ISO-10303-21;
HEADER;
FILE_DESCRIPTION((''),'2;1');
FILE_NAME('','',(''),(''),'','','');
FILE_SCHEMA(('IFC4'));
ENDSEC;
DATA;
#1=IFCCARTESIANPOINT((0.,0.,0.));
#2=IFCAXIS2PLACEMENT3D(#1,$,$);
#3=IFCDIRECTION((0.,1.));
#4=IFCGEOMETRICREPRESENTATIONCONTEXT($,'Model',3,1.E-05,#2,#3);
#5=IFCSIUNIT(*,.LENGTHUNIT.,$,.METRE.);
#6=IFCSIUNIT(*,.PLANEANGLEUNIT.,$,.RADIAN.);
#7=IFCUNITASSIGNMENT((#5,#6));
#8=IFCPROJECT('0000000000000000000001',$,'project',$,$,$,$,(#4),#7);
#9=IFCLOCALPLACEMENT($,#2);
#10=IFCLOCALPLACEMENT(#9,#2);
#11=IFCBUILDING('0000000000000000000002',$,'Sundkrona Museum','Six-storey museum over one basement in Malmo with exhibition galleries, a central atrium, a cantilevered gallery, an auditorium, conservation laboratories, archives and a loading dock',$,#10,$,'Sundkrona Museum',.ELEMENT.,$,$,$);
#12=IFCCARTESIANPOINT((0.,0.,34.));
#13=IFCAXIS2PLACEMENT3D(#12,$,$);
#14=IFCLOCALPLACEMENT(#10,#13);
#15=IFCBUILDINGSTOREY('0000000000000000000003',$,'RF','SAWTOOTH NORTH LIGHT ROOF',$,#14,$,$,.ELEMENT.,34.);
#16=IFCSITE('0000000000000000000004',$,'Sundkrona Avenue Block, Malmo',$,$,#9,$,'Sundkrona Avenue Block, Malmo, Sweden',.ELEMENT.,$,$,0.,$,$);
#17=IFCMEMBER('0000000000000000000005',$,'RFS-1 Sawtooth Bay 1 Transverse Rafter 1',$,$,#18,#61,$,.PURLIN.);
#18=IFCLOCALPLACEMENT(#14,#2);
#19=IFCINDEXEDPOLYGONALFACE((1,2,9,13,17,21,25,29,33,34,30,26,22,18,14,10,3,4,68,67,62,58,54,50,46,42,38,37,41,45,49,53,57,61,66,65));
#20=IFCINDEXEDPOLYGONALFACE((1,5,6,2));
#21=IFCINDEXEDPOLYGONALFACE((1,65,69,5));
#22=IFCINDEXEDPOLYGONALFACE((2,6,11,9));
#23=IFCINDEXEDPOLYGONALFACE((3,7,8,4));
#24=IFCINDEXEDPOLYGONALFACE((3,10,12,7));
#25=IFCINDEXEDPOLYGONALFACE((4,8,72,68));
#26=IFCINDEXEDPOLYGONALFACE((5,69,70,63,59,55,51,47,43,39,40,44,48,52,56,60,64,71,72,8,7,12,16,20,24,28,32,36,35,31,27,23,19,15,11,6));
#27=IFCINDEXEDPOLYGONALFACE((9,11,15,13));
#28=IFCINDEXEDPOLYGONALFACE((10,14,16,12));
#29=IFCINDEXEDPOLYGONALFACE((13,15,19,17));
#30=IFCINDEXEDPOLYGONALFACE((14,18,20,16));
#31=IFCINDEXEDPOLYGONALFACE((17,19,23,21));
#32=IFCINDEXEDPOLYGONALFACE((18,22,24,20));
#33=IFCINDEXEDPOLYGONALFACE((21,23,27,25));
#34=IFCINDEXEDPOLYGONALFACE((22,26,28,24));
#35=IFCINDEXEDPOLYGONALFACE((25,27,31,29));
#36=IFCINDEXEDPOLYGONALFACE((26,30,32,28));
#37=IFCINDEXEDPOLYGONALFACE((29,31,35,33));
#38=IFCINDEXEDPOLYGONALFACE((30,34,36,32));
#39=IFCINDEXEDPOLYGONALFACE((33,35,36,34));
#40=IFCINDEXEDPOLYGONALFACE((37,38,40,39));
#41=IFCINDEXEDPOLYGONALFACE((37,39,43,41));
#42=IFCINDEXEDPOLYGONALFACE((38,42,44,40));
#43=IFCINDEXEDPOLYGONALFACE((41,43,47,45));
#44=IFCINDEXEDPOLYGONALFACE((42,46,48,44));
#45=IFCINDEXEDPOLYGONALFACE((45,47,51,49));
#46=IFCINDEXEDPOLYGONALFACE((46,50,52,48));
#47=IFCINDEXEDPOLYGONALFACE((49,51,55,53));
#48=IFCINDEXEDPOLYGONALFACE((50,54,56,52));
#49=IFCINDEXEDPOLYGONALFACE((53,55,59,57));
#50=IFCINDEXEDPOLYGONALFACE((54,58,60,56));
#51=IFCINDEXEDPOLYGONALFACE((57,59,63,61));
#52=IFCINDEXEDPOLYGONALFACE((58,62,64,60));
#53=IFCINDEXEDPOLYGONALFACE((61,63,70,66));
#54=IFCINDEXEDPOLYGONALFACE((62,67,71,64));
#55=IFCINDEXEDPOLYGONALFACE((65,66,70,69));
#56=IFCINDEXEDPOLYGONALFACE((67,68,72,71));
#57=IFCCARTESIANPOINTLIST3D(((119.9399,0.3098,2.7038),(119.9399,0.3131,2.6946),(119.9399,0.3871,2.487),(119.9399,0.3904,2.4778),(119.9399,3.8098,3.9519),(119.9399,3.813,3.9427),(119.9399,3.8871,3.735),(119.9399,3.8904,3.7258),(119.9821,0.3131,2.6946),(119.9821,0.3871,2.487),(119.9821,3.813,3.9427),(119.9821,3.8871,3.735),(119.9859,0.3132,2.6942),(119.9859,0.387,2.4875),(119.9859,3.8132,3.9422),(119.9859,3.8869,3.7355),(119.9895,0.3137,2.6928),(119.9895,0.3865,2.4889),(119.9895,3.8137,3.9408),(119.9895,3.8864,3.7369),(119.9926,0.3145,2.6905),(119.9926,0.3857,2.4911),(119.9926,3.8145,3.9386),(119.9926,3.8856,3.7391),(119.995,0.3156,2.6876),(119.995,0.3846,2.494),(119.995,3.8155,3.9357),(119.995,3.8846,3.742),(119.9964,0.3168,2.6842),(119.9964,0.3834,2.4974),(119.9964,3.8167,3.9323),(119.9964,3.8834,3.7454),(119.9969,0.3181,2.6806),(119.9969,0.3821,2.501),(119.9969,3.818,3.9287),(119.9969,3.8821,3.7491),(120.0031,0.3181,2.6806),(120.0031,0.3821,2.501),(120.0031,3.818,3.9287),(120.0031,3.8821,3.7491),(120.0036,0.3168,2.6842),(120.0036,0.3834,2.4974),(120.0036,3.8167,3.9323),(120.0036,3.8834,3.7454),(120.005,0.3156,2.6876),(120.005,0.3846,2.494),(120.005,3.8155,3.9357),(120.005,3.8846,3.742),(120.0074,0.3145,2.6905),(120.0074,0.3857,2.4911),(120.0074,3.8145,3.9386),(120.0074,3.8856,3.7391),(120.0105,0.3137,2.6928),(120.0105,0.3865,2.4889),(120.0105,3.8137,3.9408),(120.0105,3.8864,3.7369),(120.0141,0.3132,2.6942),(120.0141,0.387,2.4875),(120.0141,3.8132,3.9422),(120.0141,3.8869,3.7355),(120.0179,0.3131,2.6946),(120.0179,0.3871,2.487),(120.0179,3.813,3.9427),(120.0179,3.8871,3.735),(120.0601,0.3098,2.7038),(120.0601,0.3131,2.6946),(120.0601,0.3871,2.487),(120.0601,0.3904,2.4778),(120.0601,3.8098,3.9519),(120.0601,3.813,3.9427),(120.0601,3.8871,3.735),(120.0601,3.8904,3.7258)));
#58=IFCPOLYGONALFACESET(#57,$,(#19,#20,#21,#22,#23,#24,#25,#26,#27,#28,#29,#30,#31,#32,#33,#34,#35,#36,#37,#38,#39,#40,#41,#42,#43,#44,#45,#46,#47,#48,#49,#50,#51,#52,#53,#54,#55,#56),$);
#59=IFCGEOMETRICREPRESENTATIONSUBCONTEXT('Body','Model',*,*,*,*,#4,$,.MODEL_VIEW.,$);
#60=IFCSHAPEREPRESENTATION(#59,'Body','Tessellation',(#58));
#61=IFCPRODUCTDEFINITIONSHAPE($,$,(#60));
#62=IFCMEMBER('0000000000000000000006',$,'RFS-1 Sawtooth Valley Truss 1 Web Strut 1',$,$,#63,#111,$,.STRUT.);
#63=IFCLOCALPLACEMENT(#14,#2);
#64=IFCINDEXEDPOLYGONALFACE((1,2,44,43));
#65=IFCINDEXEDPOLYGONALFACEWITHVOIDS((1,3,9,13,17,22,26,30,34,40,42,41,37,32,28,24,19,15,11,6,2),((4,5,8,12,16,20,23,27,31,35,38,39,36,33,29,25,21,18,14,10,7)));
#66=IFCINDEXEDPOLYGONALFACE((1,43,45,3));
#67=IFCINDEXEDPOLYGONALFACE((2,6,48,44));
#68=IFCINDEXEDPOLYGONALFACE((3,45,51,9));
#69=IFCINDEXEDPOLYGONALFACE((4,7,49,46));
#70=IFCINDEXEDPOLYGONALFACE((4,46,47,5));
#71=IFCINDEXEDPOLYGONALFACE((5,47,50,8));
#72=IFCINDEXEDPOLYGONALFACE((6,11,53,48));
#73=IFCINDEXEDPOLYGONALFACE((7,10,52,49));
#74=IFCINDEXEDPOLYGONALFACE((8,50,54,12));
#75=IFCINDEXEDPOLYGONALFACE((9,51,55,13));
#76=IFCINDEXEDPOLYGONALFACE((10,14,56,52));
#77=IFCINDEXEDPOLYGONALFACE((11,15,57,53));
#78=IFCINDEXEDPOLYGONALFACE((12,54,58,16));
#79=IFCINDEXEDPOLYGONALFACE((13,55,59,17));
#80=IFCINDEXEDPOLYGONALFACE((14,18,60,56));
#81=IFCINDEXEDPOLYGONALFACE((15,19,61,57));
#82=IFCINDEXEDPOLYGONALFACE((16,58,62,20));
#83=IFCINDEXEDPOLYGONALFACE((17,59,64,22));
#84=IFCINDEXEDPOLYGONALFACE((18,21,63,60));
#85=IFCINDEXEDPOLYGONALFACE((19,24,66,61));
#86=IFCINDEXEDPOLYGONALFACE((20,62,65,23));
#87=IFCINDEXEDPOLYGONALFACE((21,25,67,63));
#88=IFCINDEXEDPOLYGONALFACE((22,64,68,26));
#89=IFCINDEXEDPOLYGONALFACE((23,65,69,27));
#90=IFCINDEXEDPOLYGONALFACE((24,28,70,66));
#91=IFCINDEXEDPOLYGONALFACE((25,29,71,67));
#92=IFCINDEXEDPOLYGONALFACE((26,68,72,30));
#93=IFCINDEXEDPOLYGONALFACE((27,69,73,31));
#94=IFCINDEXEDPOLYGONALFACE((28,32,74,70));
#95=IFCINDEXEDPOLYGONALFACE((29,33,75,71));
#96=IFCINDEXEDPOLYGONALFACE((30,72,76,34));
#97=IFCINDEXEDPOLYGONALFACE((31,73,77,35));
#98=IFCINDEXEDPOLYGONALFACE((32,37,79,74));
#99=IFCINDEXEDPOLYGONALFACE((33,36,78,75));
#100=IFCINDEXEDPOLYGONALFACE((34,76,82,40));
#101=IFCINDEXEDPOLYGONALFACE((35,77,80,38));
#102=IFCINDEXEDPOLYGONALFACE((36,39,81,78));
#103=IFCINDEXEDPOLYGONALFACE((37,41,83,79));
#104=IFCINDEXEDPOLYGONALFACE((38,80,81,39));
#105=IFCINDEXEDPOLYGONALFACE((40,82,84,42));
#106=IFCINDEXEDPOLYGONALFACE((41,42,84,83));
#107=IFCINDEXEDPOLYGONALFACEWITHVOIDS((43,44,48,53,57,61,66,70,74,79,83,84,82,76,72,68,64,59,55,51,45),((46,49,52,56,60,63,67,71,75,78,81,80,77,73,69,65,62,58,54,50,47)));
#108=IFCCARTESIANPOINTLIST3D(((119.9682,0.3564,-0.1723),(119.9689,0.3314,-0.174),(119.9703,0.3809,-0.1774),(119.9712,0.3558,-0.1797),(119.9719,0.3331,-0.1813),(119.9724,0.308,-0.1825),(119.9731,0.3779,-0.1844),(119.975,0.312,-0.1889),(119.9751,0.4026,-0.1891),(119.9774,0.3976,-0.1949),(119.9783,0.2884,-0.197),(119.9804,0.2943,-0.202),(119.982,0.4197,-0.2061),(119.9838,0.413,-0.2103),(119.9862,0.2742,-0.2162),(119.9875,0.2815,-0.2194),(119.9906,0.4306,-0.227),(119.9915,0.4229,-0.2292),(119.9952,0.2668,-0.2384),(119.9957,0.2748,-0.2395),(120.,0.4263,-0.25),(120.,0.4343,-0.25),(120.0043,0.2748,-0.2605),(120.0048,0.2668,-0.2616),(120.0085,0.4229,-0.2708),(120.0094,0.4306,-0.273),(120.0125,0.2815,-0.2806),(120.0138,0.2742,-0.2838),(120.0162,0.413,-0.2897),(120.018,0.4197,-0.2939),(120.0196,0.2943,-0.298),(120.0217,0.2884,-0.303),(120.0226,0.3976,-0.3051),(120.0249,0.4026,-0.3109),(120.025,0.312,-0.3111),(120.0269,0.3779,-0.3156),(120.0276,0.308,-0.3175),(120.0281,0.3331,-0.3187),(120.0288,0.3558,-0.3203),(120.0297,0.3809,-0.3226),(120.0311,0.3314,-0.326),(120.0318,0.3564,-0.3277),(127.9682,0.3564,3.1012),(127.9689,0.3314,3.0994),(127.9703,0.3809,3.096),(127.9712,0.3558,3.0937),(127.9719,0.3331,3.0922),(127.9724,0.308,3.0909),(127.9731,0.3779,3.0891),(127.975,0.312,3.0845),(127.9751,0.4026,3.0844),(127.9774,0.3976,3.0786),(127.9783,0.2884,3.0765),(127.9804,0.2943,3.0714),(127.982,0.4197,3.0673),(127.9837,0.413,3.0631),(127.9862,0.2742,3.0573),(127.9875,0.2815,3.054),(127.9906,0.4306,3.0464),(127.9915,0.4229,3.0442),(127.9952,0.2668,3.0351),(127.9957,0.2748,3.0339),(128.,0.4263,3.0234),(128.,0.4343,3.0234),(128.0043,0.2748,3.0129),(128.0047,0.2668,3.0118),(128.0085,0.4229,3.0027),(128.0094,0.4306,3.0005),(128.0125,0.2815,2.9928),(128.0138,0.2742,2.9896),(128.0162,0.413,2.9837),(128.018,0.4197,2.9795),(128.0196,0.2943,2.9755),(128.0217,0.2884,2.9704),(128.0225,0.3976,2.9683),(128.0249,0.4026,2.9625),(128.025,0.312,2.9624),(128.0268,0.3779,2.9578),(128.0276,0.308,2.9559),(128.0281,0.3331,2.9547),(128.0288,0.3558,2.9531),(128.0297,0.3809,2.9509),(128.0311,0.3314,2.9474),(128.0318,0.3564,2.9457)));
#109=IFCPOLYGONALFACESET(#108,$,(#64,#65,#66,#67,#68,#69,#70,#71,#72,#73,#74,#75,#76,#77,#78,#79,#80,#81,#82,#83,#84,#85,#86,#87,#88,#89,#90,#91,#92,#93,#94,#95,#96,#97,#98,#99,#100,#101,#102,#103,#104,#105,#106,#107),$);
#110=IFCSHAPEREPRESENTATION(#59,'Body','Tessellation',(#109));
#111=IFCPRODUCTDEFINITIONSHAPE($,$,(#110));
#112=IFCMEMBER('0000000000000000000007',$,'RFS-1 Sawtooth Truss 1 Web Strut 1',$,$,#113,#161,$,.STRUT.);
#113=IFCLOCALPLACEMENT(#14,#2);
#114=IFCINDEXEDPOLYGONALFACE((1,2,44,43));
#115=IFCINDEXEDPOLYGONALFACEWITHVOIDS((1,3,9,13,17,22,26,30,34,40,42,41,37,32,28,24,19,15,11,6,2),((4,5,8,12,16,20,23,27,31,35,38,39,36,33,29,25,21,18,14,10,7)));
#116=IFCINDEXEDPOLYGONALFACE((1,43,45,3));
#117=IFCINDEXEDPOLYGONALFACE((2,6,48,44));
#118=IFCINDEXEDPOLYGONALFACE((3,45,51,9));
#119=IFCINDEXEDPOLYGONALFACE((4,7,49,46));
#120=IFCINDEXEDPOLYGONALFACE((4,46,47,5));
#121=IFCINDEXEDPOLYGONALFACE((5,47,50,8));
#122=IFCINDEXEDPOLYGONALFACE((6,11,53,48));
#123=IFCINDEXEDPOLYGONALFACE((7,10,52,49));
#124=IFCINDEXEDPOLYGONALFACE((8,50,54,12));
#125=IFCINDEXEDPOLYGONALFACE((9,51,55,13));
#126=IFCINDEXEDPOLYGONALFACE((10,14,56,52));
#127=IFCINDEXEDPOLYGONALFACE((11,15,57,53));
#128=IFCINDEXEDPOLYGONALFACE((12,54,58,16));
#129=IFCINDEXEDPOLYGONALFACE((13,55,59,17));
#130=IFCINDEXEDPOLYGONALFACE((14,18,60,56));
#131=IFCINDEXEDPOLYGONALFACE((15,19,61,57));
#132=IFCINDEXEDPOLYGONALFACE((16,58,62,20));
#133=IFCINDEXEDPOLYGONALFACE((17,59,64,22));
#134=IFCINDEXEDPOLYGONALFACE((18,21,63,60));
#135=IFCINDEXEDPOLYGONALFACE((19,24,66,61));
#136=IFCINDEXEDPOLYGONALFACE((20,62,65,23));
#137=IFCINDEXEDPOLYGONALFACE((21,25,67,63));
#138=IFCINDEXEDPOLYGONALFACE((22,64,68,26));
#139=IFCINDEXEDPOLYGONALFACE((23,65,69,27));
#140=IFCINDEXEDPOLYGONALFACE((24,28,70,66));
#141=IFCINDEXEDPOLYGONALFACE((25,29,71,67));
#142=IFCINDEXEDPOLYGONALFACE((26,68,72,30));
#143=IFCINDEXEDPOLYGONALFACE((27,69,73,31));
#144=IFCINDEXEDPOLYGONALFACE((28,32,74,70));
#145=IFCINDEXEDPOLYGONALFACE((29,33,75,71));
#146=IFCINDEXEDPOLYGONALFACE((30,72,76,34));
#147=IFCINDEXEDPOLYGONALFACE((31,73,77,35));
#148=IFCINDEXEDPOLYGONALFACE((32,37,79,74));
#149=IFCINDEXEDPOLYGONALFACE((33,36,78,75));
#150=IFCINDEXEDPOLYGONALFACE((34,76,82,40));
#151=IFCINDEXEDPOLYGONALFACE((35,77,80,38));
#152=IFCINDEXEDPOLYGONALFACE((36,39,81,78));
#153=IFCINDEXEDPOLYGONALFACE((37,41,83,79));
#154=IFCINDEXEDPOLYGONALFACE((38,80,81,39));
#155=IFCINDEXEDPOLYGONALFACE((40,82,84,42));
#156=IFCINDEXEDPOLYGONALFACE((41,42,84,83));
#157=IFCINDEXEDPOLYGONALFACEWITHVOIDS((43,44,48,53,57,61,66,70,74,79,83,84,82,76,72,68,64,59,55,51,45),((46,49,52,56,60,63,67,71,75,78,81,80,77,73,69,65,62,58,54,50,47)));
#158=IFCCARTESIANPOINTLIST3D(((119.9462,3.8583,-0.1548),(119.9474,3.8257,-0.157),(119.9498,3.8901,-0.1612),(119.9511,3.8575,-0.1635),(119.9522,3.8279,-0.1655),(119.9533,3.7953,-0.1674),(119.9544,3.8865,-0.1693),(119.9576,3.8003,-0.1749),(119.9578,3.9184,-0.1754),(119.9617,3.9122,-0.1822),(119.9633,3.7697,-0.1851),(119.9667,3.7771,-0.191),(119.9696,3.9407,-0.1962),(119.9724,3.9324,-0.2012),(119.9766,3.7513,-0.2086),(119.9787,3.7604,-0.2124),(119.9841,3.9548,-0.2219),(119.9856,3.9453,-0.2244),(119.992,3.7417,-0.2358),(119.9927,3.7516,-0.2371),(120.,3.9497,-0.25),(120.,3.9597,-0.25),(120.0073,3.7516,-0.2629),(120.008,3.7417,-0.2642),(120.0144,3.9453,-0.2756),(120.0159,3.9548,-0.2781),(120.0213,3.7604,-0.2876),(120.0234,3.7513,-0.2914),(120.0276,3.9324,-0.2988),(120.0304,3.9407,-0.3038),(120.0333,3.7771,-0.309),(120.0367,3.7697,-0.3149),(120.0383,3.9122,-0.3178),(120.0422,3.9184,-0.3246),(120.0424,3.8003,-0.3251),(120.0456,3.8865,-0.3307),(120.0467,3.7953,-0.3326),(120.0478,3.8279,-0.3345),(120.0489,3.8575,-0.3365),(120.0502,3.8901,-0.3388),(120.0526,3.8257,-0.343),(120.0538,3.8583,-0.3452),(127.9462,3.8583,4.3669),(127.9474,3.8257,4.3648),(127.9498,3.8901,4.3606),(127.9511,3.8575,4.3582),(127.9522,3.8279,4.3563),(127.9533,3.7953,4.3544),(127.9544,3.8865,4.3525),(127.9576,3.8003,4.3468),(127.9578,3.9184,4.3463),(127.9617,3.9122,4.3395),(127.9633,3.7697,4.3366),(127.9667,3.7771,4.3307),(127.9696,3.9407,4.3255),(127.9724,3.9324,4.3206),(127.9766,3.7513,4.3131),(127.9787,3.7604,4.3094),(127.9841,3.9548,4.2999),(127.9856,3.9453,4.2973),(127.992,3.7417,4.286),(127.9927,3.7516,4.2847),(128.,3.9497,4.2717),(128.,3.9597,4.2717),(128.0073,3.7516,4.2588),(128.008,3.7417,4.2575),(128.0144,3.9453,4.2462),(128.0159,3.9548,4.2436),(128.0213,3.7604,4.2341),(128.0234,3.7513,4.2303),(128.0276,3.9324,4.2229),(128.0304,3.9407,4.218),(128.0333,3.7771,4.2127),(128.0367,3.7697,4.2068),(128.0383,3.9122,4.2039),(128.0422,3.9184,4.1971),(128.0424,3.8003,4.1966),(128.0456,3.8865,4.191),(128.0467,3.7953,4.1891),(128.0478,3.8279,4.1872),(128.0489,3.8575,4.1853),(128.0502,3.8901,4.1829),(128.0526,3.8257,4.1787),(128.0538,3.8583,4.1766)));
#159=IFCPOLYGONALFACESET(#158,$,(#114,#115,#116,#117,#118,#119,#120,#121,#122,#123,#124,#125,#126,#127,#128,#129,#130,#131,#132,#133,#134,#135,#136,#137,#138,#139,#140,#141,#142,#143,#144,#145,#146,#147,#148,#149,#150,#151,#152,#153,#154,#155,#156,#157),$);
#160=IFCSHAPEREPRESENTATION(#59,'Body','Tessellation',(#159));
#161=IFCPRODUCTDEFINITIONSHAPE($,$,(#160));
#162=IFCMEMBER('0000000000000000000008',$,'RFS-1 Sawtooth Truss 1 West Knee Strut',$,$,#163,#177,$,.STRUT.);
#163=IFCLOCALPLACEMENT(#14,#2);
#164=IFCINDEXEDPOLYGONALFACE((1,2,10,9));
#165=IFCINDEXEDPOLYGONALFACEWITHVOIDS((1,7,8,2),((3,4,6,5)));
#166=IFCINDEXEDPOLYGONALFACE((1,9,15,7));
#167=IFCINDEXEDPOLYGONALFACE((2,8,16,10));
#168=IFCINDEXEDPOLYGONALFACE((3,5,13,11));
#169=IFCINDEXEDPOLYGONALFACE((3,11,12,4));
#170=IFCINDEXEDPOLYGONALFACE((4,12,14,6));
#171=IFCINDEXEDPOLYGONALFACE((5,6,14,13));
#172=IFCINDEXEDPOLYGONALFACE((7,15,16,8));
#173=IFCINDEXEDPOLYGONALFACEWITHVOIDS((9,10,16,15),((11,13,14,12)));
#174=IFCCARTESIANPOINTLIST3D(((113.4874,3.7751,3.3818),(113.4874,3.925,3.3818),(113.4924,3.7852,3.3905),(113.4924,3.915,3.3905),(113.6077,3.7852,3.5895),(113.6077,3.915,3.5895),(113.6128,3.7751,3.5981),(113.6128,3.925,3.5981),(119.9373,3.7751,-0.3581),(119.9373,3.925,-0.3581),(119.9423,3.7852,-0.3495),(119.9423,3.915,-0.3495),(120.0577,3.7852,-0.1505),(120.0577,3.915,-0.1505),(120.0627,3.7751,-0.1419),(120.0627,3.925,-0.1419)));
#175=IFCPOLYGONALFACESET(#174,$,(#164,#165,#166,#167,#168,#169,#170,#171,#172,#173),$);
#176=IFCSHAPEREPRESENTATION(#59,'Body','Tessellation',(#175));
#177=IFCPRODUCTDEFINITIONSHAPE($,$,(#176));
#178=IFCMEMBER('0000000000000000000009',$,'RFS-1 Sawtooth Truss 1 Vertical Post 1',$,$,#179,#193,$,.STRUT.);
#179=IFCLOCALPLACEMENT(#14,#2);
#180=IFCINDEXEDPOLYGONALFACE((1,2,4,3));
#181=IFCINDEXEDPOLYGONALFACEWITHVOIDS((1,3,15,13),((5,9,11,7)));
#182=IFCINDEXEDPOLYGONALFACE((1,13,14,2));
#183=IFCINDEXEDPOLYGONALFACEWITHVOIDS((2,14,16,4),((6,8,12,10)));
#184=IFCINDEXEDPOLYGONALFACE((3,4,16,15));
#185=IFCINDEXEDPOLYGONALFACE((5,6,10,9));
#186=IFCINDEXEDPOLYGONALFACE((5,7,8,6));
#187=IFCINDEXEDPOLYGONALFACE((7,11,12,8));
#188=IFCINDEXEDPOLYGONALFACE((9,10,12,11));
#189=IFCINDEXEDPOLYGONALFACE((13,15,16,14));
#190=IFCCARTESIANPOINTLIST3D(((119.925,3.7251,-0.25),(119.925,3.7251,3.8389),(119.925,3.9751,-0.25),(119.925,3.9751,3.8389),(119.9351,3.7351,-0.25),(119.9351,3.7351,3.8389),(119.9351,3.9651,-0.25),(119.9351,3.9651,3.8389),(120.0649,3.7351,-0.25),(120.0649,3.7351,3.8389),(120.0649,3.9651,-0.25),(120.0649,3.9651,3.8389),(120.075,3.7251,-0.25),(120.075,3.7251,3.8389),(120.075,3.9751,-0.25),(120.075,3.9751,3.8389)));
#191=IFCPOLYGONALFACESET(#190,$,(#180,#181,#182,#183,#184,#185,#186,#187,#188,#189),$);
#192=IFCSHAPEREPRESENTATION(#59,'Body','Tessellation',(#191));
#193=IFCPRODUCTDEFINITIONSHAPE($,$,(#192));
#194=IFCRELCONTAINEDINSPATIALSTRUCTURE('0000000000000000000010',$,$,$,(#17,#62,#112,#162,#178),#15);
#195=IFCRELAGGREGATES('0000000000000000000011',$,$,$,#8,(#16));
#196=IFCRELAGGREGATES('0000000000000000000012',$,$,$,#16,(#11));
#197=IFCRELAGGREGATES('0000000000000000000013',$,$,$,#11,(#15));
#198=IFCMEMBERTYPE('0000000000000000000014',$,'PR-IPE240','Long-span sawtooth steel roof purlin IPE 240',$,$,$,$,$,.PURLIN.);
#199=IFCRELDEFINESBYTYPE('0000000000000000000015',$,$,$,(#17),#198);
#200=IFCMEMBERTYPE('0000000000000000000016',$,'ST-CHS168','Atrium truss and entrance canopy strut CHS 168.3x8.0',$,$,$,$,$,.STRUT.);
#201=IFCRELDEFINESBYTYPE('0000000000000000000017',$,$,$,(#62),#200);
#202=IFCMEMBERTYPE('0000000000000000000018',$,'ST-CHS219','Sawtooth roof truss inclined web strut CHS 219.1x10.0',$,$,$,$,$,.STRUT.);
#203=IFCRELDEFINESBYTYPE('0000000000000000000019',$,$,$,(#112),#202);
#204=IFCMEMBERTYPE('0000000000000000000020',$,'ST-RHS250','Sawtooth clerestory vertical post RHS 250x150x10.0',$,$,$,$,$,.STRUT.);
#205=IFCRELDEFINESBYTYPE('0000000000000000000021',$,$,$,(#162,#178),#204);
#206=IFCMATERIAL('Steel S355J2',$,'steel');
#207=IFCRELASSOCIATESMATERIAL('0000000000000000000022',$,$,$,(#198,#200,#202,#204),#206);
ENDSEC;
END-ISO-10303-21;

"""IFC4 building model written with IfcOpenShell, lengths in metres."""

from ifc_helpers import new_model, si_unit, direction, frame, origin, origin_2d, place, context, subcontext, project, spatial, hollow_rectangle, hollow_circle, i_section, extrude, material, material_profile, profile_set, type_object, element, save


model = new_model("IFC4")

# Units and contexts
model_context = context("Model", 3, precision=1e-05, world=origin(), true_north=direction((0.0, 1.0)))
body_context = subcontext(model_context, "Body", "Model", "MODEL_VIEW")
ifc_project = project(units=[si_unit("LENGTHUNIT", "METRE"), si_unit("PLANEANGLEUNIT", "RADIAN")], contexts=[model_context])

# Site, building, storey
site_placement = place(None, origin())
site = spatial("IfcSite", under=ifc_project, at=site_placement, Name="Sundkrona Avenue Block, Malmo", LongName="Sundkrona Avenue Block, Malmo, Sweden", CompositionType="ELEMENT", RefElevation=0.0)
building_placement = place(site_placement, origin())
building = spatial("IfcBuilding", under=site, at=building_placement, Name="Sundkrona Museum", Description="Six-storey museum over one basement in Malmo with exhibition galleries, a central atrium, a cantilevered gallery, an auditorium, conservation laboratories, archives and a loading dock", LongName="Sundkrona Museum", CompositionType="ELEMENT")
storey_placement = place(building_placement, frame((0.0, 0.0, 34.0)))
storey = spatial("IfcBuildingStorey", under=building, at=storey_placement, Name="RF", Description="SAWTOOTH NORTH LIGHT ROOF", CompositionType="ELEMENT", Elevation=34.0)

# Members
ifc_material_1 = material(Name="Steel S355J2", Category="steel")
ifc_material_profile_1 = material_profile(ifc_material_1, i_section(OverallWidth=0.1201, OverallDepth=0.24, WebThickness=0.0061, FlangeThickness=0.0098, FilletRadius=0.0149, at=origin_2d()), Name="IPE 240")
ifc_profile_set_1 = profile_set([ifc_material_profile_1], Name="Steel S355J2")
member_type_1 = type_object("IfcMemberType", Name="PR-IPE240", Description="Long-span sawtooth steel roof purlin IPE 240", PredefinedType="PURLIN", material=ifc_profile_set_1)
member_1_placement = place(storey_placement, frame((120.0, 0.3501, 2.5908), z_axis=(0.0, 0.941908, 0.33587), x_axis=(-1.0, 0.0, 0.0)))
element("IfcMember", 1, at=member_1_placement, inside=storey, type_object=member_type_1, Name="RFS-1 Sawtooth Bay 1 Transverse Rafter 1", PredefinedType="PURLIN", context=body_context, shape_type="SweptSolid", body=[
    extrude(i_section(OverallWidth=0.1201, OverallDepth=0.24, WebThickness=0.0061, FlangeThickness=0.0098, FilletRadius=0.0149, at=origin_2d()), origin(), (0.0, 0.0, 1.0), 3.7158),
])
ifc_material_profile_2 = material_profile(ifc_material_1, hollow_circle(Radius=0.0842, WallThickness=0.0081, at=origin_2d()), Name="CHS 168.3x8.0")
ifc_profile_set_2 = profile_set([ifc_material_profile_2], Name="Steel S355J2")
member_type_2 = type_object("IfcMemberType", Name="ST-CHS168", Description="Atrium truss and entrance canopy strut CHS 168.3x8.0", PredefinedType="STRUT", material=ifc_profile_set_2)
member_2_placement = place(storey_placement, frame((120.0, 0.3501, -0.25), z_axis=(0.925518, 0.0, 0.378703), x_axis=(0.0, 1.0, 0.0)))
element("IfcMember", 2, at=member_2_placement, inside=storey, type_object=member_type_2, Name="RFS-1 Sawtooth Valley Truss 1 Web Strut 1", PredefinedType="STRUT", context=body_context, shape_type="SweptSolid", body=[
    extrude(hollow_circle(Radius=0.0842, WallThickness=0.0081, at=origin_2d()), origin(), (0.0, 0.0, 1.0), 8.6438),
])
ifc_material_profile_3 = material_profile(ifc_material_1, hollow_circle(Radius=0.1096, WallThickness=0.01, at=origin_2d()), Name="CHS 219.1x10.0")
ifc_profile_set_3 = profile_set([ifc_material_profile_3], Name="Steel S355J2")
member_type_3 = type_object("IfcMemberType", Name="ST-CHS219", Description="Sawtooth roof truss inclined web strut CHS 219.1x10.0", PredefinedType="STRUT", material=ifc_profile_set_3)
member_3_placement = place(storey_placement, frame((120.0, 3.8501, -0.25), z_axis=(0.870563, 0.0, 0.492056), x_axis=(0.0, 1.0, 0.0)))
element("IfcMember", 3, at=member_3_placement, inside=storey, type_object=member_type_3, Name="RFS-1 Sawtooth Truss 1 Web Strut 1", PredefinedType="STRUT", context=body_context, shape_type="SweptSolid", body=[
    extrude(hollow_circle(Radius=0.1096, WallThickness=0.01, at=origin_2d()), origin(), (0.0, 0.0, 1.0), 9.1895),
])
ifc_material_profile_4 = material_profile(ifc_material_1, hollow_rectangle(XDim=0.1499, YDim=0.25, WallThickness=0.01, at=origin_2d()), Name="RHS 250x150x10.0")
ifc_profile_set_4 = profile_set([ifc_material_profile_4], Name="Steel S355J2")
member_type_4 = type_object("IfcMemberType", Name="ST-RHS250", Description="Sawtooth clerestory vertical post RHS 250x150x10.0", PredefinedType="STRUT", material=ifc_profile_set_4)
member_4_placement = place(storey_placement, frame((120.0, 3.8501, -0.25), z_axis=(-0.865088, 0.0, 0.50162), x_axis=(0.0, -1.0, 0.0)))
element("IfcMember", 4, at=member_4_placement, inside=storey, type_object=member_type_4, Name="RFS-1 Sawtooth Truss 1 West Knee Strut", PredefinedType="STRUT", context=body_context, shape_type="SweptSolid", body=[
    extrude(hollow_rectangle(XDim=0.1499, YDim=0.25, WallThickness=0.01, at=origin_2d()), origin(), (0.0, 0.0, 1.0), 7.4558),
])
member_5_placement = place(storey_placement, frame((120.0, 3.8501, -0.25), z_axis=(0.0, 0.0, 1.0), x_axis=(1.0, 0.0, 0.0)))
element("IfcMember", 5, at=member_5_placement, inside=storey, type_object=member_type_4, Name="RFS-1 Sawtooth Truss 1 Vertical Post 1", PredefinedType="STRUT", context=body_context, shape_type="SweptSolid", body=[
    extrude(hollow_rectangle(XDim=0.1499, YDim=0.25, WallThickness=0.01, at=origin_2d()), origin(), (0.0, 0.0, 1.0), 4.0889),
])

save(model, "model.ifc")
